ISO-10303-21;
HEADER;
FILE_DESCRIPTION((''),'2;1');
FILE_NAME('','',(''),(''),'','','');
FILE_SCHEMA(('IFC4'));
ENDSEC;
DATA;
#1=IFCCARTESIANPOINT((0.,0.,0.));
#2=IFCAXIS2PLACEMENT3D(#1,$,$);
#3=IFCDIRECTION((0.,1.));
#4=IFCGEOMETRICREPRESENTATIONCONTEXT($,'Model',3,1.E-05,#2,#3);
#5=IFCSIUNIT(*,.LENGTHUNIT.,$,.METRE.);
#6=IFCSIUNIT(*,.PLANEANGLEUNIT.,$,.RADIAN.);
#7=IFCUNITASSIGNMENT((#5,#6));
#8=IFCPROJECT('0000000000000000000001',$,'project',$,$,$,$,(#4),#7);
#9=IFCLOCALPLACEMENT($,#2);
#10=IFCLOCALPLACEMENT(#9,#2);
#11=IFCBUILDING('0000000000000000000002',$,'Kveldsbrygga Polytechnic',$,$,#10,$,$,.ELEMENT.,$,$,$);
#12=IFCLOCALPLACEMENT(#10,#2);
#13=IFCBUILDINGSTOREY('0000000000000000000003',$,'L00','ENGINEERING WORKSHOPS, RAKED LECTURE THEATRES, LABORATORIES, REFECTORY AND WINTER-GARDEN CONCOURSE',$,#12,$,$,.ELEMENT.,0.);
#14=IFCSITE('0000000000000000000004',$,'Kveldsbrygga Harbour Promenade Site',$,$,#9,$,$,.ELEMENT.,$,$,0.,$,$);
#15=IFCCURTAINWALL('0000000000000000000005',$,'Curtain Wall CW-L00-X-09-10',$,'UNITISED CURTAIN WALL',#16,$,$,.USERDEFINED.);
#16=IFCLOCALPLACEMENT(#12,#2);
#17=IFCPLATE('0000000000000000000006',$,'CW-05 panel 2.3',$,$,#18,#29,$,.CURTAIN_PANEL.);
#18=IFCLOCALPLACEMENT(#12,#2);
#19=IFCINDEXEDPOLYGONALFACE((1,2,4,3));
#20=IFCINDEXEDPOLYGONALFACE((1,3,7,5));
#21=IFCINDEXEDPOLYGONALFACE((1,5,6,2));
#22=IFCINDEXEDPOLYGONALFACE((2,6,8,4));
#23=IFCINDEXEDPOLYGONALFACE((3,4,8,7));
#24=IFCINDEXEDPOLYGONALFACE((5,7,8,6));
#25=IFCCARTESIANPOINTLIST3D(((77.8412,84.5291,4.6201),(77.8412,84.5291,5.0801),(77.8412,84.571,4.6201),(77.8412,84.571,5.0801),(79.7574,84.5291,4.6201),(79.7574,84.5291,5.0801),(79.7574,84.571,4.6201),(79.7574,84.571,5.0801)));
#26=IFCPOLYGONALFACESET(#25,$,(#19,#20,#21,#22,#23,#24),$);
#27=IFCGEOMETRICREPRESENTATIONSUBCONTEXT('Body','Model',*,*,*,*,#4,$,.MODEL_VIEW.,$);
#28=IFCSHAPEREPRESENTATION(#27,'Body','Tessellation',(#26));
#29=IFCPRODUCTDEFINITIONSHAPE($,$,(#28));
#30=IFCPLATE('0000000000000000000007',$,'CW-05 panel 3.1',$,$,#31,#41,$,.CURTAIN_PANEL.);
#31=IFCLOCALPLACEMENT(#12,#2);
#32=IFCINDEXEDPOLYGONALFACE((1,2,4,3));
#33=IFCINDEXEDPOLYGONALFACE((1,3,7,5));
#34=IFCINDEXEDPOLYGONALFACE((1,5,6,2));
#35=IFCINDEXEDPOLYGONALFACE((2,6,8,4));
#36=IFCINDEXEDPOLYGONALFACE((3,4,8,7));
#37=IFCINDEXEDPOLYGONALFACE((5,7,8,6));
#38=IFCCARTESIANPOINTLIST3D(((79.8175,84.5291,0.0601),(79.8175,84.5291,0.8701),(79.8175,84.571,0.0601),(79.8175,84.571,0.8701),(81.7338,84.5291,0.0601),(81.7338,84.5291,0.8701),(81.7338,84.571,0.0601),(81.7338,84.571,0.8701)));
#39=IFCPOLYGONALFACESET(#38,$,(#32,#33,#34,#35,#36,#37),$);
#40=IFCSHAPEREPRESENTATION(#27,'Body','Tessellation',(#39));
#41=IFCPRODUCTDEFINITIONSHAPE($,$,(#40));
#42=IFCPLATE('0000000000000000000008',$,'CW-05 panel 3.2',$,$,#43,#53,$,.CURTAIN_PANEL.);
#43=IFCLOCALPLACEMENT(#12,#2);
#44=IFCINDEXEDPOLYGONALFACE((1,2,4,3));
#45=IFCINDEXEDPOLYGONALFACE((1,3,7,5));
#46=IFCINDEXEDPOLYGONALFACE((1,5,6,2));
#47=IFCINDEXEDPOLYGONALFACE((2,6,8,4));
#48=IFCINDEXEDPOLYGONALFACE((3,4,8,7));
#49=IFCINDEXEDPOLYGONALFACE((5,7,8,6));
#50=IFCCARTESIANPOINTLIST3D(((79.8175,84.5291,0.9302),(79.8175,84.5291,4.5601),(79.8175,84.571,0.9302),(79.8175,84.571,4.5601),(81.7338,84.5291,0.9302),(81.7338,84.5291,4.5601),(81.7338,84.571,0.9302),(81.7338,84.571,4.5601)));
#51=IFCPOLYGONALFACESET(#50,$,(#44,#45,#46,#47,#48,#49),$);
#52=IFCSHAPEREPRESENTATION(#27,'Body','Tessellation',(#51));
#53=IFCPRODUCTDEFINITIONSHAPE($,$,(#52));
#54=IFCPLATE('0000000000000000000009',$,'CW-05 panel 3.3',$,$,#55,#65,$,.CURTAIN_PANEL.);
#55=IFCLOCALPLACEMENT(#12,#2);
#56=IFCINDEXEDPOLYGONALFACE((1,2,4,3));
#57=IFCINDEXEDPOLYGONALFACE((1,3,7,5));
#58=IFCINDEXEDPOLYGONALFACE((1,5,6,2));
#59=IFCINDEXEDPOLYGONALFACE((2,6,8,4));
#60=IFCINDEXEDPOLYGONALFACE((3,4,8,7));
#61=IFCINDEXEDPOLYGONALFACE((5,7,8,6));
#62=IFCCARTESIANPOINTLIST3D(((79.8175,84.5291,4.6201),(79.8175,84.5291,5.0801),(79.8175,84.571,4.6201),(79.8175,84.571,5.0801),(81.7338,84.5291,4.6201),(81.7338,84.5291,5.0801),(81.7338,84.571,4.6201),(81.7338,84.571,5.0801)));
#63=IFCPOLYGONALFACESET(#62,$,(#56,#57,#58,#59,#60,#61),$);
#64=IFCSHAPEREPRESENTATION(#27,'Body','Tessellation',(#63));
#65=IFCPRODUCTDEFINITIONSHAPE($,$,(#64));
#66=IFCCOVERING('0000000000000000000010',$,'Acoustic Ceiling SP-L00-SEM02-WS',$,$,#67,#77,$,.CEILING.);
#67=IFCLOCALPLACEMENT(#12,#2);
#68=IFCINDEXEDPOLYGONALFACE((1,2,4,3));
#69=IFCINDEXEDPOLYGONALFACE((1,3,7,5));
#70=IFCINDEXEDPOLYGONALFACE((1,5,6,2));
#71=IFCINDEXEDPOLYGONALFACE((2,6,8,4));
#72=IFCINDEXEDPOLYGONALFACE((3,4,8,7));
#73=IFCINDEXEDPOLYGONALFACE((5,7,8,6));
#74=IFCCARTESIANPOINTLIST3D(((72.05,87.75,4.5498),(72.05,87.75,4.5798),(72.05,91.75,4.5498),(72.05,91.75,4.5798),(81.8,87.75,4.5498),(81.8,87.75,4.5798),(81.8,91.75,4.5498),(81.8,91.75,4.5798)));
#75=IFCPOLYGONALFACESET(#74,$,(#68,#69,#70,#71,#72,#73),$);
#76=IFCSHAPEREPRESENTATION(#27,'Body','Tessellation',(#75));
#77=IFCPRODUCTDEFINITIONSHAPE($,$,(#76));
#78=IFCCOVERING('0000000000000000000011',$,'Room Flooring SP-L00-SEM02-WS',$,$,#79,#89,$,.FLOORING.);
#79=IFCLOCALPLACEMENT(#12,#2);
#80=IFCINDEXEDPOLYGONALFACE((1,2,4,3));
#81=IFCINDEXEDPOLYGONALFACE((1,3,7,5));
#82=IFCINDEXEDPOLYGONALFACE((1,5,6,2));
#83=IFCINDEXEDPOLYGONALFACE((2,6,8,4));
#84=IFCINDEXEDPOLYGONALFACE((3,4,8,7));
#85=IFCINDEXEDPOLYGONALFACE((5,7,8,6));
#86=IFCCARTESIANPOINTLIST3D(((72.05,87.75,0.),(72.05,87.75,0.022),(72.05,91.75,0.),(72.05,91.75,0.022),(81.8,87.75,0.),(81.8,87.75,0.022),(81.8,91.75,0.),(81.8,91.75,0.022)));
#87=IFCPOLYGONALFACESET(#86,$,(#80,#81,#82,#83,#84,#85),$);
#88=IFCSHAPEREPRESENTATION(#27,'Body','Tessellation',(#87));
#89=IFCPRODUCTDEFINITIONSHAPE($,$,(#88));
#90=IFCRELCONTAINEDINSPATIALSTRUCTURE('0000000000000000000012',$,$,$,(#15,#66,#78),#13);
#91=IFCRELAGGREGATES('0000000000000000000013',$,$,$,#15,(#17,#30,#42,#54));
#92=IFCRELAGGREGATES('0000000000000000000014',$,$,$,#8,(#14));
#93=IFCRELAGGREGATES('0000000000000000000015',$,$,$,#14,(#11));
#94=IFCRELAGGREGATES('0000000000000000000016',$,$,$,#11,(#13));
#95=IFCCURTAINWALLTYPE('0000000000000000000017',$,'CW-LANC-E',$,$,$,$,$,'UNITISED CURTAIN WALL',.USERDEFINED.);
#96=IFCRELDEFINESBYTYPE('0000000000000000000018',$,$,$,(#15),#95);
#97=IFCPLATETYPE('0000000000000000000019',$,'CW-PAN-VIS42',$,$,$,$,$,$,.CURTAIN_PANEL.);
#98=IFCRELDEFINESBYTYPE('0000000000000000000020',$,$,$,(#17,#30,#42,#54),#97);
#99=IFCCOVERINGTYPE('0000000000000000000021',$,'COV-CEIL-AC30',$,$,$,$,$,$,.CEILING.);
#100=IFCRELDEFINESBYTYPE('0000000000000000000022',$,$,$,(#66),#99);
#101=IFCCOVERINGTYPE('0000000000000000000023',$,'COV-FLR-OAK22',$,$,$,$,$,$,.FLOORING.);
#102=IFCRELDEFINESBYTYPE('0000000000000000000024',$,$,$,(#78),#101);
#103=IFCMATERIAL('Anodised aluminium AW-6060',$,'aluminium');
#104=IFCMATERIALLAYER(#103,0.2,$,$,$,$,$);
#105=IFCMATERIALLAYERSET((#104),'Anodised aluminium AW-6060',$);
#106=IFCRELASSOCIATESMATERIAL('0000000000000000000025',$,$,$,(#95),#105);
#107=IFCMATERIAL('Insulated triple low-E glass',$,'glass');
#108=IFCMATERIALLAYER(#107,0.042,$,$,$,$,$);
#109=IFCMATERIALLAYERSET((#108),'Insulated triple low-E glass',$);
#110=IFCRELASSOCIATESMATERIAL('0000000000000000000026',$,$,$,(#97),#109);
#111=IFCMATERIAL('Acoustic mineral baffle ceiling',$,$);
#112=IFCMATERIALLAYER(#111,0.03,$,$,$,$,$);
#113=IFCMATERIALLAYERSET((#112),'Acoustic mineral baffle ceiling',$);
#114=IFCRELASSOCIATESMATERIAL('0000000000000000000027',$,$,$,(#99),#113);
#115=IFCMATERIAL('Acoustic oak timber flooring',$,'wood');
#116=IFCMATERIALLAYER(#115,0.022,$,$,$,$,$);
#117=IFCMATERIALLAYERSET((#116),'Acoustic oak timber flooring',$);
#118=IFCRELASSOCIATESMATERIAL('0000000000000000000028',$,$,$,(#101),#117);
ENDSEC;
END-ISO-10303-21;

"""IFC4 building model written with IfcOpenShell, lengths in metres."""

from ifc_helpers import new_model, si_unit, direction, frame, origin, origin_2d, place, context, subcontext, project, spatial, rectangle, extrude, material, layer, layer_set, type_object, element, aggregate, save


model = new_model("IFC4")

# Units and contexts
model_context = context("Model", 3, precision=1e-05, world=origin(), true_north=direction((0.0, 1.0)))
body_context = subcontext(model_context, "Body", "Model", "MODEL_VIEW")
ifc_project = project(units=[si_unit("LENGTHUNIT", "METRE"), si_unit("PLANEANGLEUNIT", "RADIAN")], contexts=[model_context])

# Site, building, storey
site_placement = place(None, origin())
site = spatial("IfcSite", under=ifc_project, at=site_placement, Name="Kveldsbrygga Harbour Promenade Site", CompositionType="ELEMENT", RefElevation=0.0)
building_placement = place(site_placement, origin())
building = spatial("IfcBuilding", under=site, at=building_placement, Name="Kveldsbrygga Polytechnic", CompositionType="ELEMENT")
storey_placement = place(building_placement, origin())
storey = spatial("IfcBuildingStorey", under=building, at=storey_placement, Name="L00", Description="ENGINEERING WORKSHOPS, RAKED LECTURE THEATRES, LABORATORIES, REFECTORY AND WINTER-GARDEN CONCOURSE", CompositionType="ELEMENT", Elevation=0.0)

# Curtain wall
ifc_material_1 = material(Name="Anodised aluminium AW-6060", Category="aluminium")
ifc_layer_1 = layer(ifc_material_1, 0.2)
ifc_layer_set_1 = layer_set([ifc_layer_1], Name="Anodised aluminium AW-6060")
curtain_wall_type = type_object("IfcCurtainWallType", Name="CW-LANC-E", ElementType="UNITISED CURTAIN WALL", PredefinedType="USERDEFINED", material=ifc_layer_set_1)
curtain_wall_placement = place(storey_placement, origin())
curtain_wall = element("IfcCurtainWall", 1, at=curtain_wall_placement, inside=storey, type_object=curtain_wall_type, Name="Curtain Wall CW-L00-X-09-10", ObjectType="UNITISED CURTAIN WALL", PredefinedType="USERDEFINED")

# Plates
ifc_material_2 = material(Name="Insulated triple low-E glass", Category="glass")
ifc_layer_2 = layer(ifc_material_2, 0.042)
ifc_layer_set_2 = layer_set([ifc_layer_2], Name="Insulated triple low-E glass")
plate_type = type_object("IfcPlateType", Name="CW-PAN-VIS42", PredefinedType="CURTAIN_PANEL", material=ifc_layer_set_2)
plate_1_placement = place(storey_placement, frame((78.7993, 84.55, 4.6201), z_axis=(0.0, 0.0, 1.0), x_axis=(1.0, 0.0, 0.0)))
plate_1 = element("IfcPlate", 2, at=plate_1_placement, type_object=plate_type, Name="CW-05 panel 2.3", PredefinedType="CURTAIN_PANEL", context=body_context, shape_type="SweptSolid", body=[
    extrude(rectangle(XDim=1.9163, YDim=0.042, at=origin_2d()), origin(), (0.0, 0.0, 1.0), 0.46),
])
plate_2_placement = place(storey_placement, frame((80.7756, 84.55, 0.0601), z_axis=(0.0, 0.0, 1.0), x_axis=(1.0, 0.0, 0.0)))
plate_2 = element("IfcPlate", 3, at=plate_2_placement, type_object=plate_type, Name="CW-05 panel 3.1", PredefinedType="CURTAIN_PANEL", context=body_context, shape_type="SweptSolid", body=[
    extrude(rectangle(XDim=1.9163, YDim=0.042, at=origin_2d()), origin(), (0.0, 0.0, 1.0), 0.8101),
])
plate_3_placement = place(storey_placement, frame((80.7756, 84.55, 0.9302), z_axis=(0.0, 0.0, 1.0), x_axis=(1.0, 0.0, 0.0)))
plate_3 = element("IfcPlate", 4, at=plate_3_placement, type_object=plate_type, Name="CW-05 panel 3.2", PredefinedType="CURTAIN_PANEL", context=body_context, shape_type="SweptSolid", body=[
    extrude(rectangle(XDim=1.9163, YDim=0.042, at=origin_2d()), origin(), (0.0, 0.0, 1.0), 3.6299),
])
plate_4_placement = place(storey_placement, frame((80.7756, 84.55, 4.6201), z_axis=(0.0, 0.0, 1.0), x_axis=(1.0, 0.0, 0.0)))
plate_4 = element("IfcPlate", 5, at=plate_4_placement, type_object=plate_type, Name="CW-05 panel 3.3", PredefinedType="CURTAIN_PANEL", context=body_context, shape_type="SweptSolid", body=[
    extrude(rectangle(XDim=1.9163, YDim=0.042, at=origin_2d()), origin(), (0.0, 0.0, 1.0), 0.46),
])
aggregate(curtain_wall, [plate_1, plate_2, plate_3, plate_4])

# Coverings
ifc_material_3 = material(Name="Acoustic mineral baffle ceiling")
ifc_layer_3 = layer(ifc_material_3, 0.03)
ifc_layer_set_3 = layer_set([ifc_layer_3], Name="Acoustic mineral baffle ceiling")
covering_type_1 = type_object("IfcCoveringType", Name="COV-CEIL-AC30", PredefinedType="CEILING", material=ifc_layer_set_3)
covering_1_placement = place(storey_placement, frame((76.925, 89.75, 4.5498), z_axis=(0.0, 0.0, 1.0), x_axis=(1.0, 0.0, 0.0)))
element("IfcCovering", 6, at=covering_1_placement, inside=storey, type_object=covering_type_1, Name="Acoustic Ceiling SP-L00-SEM02-WS", PredefinedType="CEILING", context=body_context, shape_type="SweptSolid", body=[
    extrude(rectangle(XDim=9.75, YDim=4.0, at=origin_2d()), origin(), (0.0, 0.0, 1.0), 0.03),
])
ifc_material_4 = material(Name="Acoustic oak timber flooring", Category="wood")
ifc_layer_4 = layer(ifc_material_4, 0.022)
ifc_layer_set_4 = layer_set([ifc_layer_4], Name="Acoustic oak timber flooring")
covering_type_2 = type_object("IfcCoveringType", Name="COV-FLR-OAK22", PredefinedType="FLOORING", material=ifc_layer_set_4)
covering_2_placement = place(storey_placement, frame((76.925, 89.75, 0.0), z_axis=(0.0, 0.0, 1.0), x_axis=(1.0, 0.0, 0.0)))
element("IfcCovering", 7, at=covering_2_placement, inside=storey, type_object=covering_type_2, Name="Room Flooring SP-L00-SEM02-WS", PredefinedType="FLOORING", context=body_context, shape_type="SweptSolid", body=[
    extrude(rectangle(XDim=9.75, YDim=4.0, at=origin_2d()), origin(), (0.0, 0.0, 1.0), 0.022),
])

save(model, "model.ifc")
